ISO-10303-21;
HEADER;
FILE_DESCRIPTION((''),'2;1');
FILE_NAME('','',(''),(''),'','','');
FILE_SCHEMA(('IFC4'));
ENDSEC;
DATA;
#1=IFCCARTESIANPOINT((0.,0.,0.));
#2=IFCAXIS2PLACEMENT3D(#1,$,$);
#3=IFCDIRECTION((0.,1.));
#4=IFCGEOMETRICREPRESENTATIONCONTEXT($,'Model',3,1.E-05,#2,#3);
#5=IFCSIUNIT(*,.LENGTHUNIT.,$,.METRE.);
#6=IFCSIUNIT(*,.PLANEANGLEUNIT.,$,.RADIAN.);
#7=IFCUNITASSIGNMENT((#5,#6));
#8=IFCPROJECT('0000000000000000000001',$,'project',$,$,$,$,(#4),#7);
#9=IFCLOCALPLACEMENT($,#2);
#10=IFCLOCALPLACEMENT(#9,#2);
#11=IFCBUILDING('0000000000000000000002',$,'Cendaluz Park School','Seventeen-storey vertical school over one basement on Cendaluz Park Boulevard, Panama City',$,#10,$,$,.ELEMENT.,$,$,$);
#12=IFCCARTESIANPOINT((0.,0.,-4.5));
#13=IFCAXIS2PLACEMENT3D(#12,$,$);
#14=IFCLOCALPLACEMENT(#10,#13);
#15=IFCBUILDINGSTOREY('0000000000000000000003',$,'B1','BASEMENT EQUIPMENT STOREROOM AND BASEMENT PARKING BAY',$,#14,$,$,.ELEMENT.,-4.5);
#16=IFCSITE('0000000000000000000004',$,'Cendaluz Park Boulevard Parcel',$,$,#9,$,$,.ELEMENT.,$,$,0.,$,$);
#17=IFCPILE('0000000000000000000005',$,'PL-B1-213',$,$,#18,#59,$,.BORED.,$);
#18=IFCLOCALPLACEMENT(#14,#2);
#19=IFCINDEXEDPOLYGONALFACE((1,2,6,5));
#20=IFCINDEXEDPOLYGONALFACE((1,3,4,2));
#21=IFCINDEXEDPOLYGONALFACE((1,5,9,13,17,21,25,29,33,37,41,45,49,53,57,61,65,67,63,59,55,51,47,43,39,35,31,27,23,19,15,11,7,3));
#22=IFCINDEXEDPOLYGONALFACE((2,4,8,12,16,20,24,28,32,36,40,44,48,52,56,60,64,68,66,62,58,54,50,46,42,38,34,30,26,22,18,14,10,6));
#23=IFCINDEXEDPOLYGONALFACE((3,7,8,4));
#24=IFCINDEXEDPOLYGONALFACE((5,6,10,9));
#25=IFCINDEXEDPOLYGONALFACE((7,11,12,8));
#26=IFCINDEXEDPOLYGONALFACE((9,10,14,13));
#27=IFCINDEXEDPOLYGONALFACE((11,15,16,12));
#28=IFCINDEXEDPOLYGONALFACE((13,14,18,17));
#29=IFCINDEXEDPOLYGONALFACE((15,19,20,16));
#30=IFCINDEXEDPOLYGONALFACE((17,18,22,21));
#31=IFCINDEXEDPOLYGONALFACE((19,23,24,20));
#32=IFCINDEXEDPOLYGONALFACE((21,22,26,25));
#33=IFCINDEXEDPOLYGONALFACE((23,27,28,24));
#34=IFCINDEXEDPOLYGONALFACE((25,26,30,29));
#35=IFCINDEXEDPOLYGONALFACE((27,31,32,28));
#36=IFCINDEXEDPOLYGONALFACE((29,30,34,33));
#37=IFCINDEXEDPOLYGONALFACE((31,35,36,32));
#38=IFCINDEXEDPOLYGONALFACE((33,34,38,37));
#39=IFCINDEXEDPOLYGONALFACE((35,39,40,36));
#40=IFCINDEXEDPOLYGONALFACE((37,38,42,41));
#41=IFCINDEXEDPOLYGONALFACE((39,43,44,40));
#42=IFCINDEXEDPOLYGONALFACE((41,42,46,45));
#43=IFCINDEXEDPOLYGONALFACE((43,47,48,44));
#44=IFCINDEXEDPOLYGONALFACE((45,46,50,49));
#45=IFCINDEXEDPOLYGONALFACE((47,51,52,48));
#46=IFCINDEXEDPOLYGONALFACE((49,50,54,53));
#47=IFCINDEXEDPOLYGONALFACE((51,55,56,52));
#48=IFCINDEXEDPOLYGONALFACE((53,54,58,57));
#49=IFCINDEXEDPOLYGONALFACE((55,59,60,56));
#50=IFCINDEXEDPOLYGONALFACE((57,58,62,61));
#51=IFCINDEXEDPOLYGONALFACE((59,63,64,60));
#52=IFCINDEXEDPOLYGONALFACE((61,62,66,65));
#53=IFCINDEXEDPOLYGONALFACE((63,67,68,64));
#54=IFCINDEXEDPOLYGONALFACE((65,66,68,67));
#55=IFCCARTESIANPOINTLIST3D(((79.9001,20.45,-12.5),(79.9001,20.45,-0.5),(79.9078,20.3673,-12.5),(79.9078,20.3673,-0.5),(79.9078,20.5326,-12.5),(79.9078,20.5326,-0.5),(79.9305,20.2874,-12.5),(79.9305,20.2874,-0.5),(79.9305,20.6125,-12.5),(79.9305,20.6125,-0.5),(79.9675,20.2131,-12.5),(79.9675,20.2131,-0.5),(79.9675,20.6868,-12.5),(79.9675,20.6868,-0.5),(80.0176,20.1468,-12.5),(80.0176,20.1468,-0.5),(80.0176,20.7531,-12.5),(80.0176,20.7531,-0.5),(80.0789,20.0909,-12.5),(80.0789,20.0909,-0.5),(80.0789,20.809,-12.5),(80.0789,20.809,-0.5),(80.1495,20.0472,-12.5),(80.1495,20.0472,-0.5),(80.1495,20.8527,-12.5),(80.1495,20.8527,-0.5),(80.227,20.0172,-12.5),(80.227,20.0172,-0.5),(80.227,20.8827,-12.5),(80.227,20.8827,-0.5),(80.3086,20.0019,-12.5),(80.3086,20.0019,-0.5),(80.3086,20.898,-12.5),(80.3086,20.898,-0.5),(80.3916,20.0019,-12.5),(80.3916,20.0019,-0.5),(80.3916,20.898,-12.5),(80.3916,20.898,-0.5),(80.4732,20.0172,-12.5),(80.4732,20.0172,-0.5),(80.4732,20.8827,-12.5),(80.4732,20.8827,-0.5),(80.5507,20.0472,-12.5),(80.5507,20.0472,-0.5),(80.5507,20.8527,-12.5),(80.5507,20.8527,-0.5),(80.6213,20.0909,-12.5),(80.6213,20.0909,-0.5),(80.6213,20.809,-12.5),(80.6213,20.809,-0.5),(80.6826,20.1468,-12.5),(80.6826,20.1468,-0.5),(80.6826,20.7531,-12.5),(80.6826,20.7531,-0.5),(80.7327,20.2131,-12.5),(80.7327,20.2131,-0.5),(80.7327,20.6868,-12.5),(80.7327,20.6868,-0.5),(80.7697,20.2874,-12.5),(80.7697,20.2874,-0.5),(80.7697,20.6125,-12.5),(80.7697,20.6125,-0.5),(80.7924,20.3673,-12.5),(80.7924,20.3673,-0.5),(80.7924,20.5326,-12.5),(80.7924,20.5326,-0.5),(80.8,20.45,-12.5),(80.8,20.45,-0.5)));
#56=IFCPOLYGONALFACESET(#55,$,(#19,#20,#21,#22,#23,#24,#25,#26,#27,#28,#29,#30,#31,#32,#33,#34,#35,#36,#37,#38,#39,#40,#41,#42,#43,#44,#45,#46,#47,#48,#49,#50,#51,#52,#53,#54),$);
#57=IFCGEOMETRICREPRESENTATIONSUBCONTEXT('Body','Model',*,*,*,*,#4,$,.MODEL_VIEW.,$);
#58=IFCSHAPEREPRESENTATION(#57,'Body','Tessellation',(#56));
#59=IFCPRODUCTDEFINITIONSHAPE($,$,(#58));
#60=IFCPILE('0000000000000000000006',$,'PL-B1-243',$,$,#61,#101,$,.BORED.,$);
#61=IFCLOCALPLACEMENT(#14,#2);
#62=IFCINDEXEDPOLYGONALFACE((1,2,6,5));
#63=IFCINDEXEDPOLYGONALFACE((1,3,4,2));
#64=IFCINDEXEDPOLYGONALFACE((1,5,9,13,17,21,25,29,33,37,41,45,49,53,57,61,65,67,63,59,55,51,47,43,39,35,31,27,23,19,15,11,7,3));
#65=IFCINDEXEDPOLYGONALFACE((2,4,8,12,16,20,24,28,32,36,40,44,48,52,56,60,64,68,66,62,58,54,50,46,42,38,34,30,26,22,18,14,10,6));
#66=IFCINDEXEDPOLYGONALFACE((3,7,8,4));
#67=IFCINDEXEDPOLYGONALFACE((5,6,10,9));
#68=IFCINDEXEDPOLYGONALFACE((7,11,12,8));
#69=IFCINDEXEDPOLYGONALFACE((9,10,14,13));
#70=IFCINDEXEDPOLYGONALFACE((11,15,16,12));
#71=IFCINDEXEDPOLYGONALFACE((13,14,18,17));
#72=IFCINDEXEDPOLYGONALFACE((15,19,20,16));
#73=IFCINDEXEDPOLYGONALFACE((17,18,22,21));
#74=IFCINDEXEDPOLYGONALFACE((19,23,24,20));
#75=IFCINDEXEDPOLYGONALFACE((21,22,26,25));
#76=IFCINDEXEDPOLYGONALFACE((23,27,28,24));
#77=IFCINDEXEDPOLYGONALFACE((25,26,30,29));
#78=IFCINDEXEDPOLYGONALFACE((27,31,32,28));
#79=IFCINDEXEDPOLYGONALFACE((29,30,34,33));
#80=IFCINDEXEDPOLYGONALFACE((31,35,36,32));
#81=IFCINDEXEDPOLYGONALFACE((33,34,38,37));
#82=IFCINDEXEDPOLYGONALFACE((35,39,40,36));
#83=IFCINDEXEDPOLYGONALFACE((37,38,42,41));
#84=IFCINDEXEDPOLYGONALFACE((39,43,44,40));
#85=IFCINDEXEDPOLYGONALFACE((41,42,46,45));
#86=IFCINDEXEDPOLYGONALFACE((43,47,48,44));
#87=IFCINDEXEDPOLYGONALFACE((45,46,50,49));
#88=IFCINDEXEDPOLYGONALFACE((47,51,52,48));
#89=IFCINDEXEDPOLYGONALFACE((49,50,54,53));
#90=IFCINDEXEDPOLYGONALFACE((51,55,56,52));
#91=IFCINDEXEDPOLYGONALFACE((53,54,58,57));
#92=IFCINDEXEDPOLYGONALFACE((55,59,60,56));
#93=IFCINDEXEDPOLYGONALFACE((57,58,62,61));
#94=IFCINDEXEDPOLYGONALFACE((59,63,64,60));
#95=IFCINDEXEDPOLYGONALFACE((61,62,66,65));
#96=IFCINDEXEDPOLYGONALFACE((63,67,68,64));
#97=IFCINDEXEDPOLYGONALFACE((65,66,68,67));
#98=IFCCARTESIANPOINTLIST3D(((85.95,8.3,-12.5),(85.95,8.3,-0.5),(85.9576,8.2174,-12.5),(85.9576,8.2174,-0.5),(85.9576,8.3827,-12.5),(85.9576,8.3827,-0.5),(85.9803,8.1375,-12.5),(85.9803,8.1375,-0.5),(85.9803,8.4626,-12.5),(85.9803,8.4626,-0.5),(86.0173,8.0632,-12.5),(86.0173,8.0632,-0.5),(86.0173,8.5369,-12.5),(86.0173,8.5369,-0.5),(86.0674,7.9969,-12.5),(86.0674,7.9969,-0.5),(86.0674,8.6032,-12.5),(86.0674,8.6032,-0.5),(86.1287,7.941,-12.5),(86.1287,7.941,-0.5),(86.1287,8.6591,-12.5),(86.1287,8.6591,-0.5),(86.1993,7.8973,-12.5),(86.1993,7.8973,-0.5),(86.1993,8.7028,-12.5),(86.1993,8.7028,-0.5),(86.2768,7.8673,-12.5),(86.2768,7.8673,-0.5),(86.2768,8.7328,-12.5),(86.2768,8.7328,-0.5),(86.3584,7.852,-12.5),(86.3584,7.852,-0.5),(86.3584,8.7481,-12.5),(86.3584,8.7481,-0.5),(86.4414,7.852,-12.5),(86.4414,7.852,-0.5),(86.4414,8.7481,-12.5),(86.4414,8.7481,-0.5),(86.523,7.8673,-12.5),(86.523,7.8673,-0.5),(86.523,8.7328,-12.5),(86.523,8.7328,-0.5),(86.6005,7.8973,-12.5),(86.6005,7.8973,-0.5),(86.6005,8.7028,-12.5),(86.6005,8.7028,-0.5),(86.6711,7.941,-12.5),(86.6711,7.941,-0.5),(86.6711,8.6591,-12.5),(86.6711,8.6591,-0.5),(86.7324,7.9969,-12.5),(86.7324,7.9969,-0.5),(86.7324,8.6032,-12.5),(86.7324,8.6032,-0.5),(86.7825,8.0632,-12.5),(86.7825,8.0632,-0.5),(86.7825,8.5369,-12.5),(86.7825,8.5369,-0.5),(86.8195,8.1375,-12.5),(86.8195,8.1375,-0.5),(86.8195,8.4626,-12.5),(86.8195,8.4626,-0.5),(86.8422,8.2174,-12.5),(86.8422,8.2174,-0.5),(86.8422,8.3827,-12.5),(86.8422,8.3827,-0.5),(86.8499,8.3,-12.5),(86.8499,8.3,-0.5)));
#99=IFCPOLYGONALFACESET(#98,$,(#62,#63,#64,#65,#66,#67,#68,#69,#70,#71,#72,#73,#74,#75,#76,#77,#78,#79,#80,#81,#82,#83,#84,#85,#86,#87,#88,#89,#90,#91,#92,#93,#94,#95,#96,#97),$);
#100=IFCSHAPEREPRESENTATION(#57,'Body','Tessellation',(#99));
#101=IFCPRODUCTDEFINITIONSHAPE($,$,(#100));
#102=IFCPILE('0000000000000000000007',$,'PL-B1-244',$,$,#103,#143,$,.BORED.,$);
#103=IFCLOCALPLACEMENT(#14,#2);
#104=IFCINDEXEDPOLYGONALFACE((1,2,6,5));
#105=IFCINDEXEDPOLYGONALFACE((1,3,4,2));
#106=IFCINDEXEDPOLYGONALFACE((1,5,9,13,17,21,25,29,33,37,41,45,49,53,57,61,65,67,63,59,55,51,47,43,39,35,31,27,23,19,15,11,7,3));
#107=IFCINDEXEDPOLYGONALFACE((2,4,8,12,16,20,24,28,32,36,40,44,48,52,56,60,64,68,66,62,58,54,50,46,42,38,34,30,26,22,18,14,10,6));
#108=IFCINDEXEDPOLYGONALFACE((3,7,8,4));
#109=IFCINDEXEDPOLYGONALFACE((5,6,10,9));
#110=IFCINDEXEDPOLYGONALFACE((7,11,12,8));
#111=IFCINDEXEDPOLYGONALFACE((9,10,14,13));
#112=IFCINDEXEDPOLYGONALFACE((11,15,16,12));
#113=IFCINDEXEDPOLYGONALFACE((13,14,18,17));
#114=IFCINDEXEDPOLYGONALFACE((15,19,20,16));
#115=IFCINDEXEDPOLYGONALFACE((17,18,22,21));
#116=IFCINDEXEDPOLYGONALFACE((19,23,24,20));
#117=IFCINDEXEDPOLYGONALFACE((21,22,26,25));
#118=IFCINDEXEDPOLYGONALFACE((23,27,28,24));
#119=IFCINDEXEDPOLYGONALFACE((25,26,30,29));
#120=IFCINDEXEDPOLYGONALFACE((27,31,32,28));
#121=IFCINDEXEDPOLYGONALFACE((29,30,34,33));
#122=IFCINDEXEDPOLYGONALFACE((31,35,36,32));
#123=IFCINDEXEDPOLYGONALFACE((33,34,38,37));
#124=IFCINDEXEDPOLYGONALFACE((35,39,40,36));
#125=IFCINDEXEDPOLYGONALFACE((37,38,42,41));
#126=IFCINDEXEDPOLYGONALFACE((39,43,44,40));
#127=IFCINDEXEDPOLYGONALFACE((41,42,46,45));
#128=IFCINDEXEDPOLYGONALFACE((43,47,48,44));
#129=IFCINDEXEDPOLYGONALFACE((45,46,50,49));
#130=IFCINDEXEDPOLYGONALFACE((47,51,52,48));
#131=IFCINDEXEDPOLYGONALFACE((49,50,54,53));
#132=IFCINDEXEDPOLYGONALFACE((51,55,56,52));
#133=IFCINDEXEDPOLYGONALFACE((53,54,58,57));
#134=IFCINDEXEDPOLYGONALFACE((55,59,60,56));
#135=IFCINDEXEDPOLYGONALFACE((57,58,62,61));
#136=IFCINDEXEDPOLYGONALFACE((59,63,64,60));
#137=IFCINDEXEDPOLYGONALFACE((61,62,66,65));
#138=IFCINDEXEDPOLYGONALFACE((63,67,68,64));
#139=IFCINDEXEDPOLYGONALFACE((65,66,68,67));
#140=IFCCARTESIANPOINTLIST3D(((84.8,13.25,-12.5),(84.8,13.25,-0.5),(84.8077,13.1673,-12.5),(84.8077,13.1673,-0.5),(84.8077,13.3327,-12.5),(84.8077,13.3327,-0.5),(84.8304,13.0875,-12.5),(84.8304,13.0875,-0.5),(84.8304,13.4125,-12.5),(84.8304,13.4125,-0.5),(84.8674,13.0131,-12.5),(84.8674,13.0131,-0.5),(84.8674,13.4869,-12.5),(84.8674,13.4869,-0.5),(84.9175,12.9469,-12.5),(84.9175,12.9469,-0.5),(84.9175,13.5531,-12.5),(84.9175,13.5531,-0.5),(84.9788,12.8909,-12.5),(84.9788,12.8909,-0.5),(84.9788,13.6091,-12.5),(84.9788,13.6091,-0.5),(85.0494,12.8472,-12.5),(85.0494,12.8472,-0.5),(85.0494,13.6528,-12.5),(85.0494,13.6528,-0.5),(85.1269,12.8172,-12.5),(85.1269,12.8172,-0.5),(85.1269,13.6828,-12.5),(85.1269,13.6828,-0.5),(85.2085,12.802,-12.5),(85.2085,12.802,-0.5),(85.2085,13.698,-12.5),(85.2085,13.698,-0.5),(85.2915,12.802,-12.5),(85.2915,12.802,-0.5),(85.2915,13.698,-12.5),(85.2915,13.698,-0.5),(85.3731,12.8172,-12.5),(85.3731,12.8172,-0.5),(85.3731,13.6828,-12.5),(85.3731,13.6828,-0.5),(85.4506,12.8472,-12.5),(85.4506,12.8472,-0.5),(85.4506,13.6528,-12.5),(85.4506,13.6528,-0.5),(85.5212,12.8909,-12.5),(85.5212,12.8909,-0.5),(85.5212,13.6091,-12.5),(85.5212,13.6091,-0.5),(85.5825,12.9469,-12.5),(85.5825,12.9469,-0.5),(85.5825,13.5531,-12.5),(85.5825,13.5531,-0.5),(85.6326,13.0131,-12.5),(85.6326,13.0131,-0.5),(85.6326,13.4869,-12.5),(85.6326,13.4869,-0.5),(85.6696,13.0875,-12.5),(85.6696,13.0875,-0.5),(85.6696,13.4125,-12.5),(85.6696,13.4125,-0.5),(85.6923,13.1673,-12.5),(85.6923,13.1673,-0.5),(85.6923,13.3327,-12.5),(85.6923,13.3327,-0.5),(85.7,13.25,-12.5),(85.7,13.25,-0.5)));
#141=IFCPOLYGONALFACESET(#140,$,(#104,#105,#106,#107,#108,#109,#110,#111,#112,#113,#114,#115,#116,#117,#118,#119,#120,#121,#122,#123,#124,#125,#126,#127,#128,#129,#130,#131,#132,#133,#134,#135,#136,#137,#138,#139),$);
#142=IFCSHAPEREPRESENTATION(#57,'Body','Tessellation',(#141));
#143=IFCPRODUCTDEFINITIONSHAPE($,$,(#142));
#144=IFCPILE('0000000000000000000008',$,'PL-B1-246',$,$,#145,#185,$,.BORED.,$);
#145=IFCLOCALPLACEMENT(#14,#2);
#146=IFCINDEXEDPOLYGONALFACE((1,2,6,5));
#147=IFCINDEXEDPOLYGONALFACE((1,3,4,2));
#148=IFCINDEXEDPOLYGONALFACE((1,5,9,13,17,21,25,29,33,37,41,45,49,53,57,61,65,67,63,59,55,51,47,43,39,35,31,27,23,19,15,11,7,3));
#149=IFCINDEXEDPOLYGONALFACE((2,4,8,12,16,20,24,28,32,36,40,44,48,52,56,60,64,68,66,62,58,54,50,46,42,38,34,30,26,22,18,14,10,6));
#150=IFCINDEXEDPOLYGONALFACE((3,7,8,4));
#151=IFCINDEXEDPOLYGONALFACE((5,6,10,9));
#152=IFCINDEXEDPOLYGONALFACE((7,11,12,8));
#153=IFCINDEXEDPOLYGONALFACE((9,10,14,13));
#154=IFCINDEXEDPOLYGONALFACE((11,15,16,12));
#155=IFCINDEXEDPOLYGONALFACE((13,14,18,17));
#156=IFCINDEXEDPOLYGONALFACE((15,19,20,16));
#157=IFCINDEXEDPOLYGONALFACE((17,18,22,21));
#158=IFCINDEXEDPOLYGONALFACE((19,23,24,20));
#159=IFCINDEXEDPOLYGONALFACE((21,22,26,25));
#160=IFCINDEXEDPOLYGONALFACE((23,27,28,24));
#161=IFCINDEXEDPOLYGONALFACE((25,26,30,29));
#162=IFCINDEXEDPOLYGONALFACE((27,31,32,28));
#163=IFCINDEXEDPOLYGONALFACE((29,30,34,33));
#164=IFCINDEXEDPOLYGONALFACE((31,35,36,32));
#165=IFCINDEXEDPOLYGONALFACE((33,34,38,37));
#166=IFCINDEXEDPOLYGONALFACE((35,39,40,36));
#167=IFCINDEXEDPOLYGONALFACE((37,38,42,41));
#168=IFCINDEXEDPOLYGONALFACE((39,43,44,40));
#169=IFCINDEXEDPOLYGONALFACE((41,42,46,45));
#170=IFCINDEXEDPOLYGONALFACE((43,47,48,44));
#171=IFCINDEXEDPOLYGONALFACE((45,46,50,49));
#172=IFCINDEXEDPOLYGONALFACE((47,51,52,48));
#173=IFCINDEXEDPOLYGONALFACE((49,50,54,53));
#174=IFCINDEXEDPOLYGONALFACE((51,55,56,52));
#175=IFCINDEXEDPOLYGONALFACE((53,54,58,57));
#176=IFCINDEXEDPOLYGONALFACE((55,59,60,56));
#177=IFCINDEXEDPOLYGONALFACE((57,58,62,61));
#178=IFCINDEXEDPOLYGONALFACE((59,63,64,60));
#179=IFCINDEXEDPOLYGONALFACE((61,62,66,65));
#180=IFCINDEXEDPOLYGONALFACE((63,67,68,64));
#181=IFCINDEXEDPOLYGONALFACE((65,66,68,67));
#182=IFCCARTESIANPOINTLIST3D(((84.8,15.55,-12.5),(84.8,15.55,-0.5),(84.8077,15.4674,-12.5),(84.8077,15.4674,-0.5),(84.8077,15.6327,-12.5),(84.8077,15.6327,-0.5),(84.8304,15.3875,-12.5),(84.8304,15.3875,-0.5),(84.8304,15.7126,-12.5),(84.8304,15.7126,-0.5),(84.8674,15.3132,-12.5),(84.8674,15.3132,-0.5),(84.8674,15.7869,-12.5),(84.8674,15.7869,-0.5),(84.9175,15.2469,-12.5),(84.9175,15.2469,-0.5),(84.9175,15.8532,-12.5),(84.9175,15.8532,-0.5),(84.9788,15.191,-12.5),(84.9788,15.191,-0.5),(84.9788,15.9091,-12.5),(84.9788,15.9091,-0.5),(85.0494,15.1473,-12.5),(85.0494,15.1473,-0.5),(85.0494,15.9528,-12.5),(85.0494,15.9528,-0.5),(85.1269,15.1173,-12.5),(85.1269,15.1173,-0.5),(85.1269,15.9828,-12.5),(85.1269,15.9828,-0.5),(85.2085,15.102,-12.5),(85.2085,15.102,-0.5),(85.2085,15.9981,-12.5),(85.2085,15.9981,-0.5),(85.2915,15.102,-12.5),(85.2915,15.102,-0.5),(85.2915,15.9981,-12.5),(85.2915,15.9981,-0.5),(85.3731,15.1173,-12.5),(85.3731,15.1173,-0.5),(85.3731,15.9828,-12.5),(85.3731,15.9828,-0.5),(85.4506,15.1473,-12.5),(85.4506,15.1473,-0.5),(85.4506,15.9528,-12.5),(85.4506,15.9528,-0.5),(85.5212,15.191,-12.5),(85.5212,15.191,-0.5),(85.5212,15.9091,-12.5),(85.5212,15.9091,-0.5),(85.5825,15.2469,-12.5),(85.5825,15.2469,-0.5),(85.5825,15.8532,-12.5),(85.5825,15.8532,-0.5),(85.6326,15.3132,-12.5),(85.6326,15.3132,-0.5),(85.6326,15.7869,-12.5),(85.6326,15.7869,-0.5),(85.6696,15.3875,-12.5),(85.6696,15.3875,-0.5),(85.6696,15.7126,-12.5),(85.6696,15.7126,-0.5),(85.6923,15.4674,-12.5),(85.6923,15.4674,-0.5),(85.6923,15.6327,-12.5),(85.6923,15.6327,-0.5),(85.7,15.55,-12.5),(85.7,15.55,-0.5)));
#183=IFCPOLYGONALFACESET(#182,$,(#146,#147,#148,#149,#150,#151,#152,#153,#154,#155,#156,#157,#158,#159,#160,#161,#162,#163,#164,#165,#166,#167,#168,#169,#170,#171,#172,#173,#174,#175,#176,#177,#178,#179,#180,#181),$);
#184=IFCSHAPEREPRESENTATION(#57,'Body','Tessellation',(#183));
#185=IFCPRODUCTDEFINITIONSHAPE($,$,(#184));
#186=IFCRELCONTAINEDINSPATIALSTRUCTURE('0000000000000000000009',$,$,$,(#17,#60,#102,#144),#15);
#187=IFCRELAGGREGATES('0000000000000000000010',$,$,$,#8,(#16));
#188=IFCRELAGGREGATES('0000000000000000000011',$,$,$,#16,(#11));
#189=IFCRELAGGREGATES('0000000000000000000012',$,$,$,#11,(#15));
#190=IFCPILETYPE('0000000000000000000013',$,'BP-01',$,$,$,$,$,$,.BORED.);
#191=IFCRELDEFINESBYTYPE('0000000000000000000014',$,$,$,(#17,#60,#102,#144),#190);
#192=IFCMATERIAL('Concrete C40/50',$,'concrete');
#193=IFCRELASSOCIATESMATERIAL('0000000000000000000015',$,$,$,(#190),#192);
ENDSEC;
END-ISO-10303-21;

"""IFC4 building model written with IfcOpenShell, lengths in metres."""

from ifc_helpers import new_model, si_unit, direction, frame, origin, origin_2d, place, context, subcontext, project, spatial, circle, extrude, material, material_profile, profile_set, type_object, element, save


model = new_model("IFC4")

# Units and contexts
model_context = context("Model", 3, precision=1e-05, world=origin(), true_north=direction((0.0, 1.0)))
body_context = subcontext(model_context, "Body", "Model", "MODEL_VIEW")
ifc_project = project(units=[si_unit("LENGTHUNIT", "METRE"), si_unit("PLANEANGLEUNIT", "RADIAN")], contexts=[model_context])

# Site, building, storey
site_placement = place(None, origin())
site = spatial("IfcSite", under=ifc_project, at=site_placement, Name="Cendaluz Park Boulevard Parcel", CompositionType="ELEMENT", RefElevation=0.0)
building_placement = place(site_placement, origin())
building = spatial("IfcBuilding", under=site, at=building_placement, Name="Cendaluz Park School", Description="Seventeen-storey vertical school over one basement on Cendaluz Park Boulevard, Panama City", CompositionType="ELEMENT")
storey_placement = place(building_placement, frame((0.0, 0.0, -4.5)))
storey = spatial("IfcBuildingStorey", under=building, at=storey_placement, Name="B1", Description="BASEMENT EQUIPMENT STOREROOM AND BASEMENT PARKING BAY", CompositionType="ELEMENT", Elevation=-4.5)

# Piles
ifc_material_1 = material(Name="Concrete C40/50", Category="concrete")
ifc_material_profile_1 = material_profile(ifc_material_1, circle(Radius=0.45, at=origin_2d()), Name="BP D900", Category="concrete")
ifc_profile_set_1 = profile_set([ifc_material_profile_1], Name="Concrete C40/50")
pile_type = type_object("IfcPileType", Name="BP-01", PredefinedType="BORED", material=ifc_profile_set_1)
for number, where, z_axis, x_axis, name in (
    (1, (80.3501, 20.45, -0.5), (0.0, 0.0, -1.0), (1.0, 0.0, 0.0), "PL-B1-213"),
    (2, (86.3999, 8.3, -0.5), (0.0, 0.0, -1.0), (1.0, 0.0, 0.0), "PL-B1-243"),
    (3, (85.25, 13.25, -0.5), (0.0, 0.0, -1.0), (1.0, 0.0, 0.0), "PL-B1-244"),
    (4, (85.25, 15.55, -0.5), (0.0, 0.0, -1.0), (1.0, 0.0, 0.0), "PL-B1-246"),
):
    element("IfcPile", number, at=place(storey_placement, frame(where, z_axis=z_axis, x_axis=x_axis)), inside=storey, type_object=pile_type, Name=name, PredefinedType="BORED", context=body_context, shape_type="SweptSolid", body=[
        extrude(circle(Radius=0.45, at=origin_2d()), origin(), (0.0, 0.0, 1.0), 12.0),
    ])

save(model, "model.ifc")
